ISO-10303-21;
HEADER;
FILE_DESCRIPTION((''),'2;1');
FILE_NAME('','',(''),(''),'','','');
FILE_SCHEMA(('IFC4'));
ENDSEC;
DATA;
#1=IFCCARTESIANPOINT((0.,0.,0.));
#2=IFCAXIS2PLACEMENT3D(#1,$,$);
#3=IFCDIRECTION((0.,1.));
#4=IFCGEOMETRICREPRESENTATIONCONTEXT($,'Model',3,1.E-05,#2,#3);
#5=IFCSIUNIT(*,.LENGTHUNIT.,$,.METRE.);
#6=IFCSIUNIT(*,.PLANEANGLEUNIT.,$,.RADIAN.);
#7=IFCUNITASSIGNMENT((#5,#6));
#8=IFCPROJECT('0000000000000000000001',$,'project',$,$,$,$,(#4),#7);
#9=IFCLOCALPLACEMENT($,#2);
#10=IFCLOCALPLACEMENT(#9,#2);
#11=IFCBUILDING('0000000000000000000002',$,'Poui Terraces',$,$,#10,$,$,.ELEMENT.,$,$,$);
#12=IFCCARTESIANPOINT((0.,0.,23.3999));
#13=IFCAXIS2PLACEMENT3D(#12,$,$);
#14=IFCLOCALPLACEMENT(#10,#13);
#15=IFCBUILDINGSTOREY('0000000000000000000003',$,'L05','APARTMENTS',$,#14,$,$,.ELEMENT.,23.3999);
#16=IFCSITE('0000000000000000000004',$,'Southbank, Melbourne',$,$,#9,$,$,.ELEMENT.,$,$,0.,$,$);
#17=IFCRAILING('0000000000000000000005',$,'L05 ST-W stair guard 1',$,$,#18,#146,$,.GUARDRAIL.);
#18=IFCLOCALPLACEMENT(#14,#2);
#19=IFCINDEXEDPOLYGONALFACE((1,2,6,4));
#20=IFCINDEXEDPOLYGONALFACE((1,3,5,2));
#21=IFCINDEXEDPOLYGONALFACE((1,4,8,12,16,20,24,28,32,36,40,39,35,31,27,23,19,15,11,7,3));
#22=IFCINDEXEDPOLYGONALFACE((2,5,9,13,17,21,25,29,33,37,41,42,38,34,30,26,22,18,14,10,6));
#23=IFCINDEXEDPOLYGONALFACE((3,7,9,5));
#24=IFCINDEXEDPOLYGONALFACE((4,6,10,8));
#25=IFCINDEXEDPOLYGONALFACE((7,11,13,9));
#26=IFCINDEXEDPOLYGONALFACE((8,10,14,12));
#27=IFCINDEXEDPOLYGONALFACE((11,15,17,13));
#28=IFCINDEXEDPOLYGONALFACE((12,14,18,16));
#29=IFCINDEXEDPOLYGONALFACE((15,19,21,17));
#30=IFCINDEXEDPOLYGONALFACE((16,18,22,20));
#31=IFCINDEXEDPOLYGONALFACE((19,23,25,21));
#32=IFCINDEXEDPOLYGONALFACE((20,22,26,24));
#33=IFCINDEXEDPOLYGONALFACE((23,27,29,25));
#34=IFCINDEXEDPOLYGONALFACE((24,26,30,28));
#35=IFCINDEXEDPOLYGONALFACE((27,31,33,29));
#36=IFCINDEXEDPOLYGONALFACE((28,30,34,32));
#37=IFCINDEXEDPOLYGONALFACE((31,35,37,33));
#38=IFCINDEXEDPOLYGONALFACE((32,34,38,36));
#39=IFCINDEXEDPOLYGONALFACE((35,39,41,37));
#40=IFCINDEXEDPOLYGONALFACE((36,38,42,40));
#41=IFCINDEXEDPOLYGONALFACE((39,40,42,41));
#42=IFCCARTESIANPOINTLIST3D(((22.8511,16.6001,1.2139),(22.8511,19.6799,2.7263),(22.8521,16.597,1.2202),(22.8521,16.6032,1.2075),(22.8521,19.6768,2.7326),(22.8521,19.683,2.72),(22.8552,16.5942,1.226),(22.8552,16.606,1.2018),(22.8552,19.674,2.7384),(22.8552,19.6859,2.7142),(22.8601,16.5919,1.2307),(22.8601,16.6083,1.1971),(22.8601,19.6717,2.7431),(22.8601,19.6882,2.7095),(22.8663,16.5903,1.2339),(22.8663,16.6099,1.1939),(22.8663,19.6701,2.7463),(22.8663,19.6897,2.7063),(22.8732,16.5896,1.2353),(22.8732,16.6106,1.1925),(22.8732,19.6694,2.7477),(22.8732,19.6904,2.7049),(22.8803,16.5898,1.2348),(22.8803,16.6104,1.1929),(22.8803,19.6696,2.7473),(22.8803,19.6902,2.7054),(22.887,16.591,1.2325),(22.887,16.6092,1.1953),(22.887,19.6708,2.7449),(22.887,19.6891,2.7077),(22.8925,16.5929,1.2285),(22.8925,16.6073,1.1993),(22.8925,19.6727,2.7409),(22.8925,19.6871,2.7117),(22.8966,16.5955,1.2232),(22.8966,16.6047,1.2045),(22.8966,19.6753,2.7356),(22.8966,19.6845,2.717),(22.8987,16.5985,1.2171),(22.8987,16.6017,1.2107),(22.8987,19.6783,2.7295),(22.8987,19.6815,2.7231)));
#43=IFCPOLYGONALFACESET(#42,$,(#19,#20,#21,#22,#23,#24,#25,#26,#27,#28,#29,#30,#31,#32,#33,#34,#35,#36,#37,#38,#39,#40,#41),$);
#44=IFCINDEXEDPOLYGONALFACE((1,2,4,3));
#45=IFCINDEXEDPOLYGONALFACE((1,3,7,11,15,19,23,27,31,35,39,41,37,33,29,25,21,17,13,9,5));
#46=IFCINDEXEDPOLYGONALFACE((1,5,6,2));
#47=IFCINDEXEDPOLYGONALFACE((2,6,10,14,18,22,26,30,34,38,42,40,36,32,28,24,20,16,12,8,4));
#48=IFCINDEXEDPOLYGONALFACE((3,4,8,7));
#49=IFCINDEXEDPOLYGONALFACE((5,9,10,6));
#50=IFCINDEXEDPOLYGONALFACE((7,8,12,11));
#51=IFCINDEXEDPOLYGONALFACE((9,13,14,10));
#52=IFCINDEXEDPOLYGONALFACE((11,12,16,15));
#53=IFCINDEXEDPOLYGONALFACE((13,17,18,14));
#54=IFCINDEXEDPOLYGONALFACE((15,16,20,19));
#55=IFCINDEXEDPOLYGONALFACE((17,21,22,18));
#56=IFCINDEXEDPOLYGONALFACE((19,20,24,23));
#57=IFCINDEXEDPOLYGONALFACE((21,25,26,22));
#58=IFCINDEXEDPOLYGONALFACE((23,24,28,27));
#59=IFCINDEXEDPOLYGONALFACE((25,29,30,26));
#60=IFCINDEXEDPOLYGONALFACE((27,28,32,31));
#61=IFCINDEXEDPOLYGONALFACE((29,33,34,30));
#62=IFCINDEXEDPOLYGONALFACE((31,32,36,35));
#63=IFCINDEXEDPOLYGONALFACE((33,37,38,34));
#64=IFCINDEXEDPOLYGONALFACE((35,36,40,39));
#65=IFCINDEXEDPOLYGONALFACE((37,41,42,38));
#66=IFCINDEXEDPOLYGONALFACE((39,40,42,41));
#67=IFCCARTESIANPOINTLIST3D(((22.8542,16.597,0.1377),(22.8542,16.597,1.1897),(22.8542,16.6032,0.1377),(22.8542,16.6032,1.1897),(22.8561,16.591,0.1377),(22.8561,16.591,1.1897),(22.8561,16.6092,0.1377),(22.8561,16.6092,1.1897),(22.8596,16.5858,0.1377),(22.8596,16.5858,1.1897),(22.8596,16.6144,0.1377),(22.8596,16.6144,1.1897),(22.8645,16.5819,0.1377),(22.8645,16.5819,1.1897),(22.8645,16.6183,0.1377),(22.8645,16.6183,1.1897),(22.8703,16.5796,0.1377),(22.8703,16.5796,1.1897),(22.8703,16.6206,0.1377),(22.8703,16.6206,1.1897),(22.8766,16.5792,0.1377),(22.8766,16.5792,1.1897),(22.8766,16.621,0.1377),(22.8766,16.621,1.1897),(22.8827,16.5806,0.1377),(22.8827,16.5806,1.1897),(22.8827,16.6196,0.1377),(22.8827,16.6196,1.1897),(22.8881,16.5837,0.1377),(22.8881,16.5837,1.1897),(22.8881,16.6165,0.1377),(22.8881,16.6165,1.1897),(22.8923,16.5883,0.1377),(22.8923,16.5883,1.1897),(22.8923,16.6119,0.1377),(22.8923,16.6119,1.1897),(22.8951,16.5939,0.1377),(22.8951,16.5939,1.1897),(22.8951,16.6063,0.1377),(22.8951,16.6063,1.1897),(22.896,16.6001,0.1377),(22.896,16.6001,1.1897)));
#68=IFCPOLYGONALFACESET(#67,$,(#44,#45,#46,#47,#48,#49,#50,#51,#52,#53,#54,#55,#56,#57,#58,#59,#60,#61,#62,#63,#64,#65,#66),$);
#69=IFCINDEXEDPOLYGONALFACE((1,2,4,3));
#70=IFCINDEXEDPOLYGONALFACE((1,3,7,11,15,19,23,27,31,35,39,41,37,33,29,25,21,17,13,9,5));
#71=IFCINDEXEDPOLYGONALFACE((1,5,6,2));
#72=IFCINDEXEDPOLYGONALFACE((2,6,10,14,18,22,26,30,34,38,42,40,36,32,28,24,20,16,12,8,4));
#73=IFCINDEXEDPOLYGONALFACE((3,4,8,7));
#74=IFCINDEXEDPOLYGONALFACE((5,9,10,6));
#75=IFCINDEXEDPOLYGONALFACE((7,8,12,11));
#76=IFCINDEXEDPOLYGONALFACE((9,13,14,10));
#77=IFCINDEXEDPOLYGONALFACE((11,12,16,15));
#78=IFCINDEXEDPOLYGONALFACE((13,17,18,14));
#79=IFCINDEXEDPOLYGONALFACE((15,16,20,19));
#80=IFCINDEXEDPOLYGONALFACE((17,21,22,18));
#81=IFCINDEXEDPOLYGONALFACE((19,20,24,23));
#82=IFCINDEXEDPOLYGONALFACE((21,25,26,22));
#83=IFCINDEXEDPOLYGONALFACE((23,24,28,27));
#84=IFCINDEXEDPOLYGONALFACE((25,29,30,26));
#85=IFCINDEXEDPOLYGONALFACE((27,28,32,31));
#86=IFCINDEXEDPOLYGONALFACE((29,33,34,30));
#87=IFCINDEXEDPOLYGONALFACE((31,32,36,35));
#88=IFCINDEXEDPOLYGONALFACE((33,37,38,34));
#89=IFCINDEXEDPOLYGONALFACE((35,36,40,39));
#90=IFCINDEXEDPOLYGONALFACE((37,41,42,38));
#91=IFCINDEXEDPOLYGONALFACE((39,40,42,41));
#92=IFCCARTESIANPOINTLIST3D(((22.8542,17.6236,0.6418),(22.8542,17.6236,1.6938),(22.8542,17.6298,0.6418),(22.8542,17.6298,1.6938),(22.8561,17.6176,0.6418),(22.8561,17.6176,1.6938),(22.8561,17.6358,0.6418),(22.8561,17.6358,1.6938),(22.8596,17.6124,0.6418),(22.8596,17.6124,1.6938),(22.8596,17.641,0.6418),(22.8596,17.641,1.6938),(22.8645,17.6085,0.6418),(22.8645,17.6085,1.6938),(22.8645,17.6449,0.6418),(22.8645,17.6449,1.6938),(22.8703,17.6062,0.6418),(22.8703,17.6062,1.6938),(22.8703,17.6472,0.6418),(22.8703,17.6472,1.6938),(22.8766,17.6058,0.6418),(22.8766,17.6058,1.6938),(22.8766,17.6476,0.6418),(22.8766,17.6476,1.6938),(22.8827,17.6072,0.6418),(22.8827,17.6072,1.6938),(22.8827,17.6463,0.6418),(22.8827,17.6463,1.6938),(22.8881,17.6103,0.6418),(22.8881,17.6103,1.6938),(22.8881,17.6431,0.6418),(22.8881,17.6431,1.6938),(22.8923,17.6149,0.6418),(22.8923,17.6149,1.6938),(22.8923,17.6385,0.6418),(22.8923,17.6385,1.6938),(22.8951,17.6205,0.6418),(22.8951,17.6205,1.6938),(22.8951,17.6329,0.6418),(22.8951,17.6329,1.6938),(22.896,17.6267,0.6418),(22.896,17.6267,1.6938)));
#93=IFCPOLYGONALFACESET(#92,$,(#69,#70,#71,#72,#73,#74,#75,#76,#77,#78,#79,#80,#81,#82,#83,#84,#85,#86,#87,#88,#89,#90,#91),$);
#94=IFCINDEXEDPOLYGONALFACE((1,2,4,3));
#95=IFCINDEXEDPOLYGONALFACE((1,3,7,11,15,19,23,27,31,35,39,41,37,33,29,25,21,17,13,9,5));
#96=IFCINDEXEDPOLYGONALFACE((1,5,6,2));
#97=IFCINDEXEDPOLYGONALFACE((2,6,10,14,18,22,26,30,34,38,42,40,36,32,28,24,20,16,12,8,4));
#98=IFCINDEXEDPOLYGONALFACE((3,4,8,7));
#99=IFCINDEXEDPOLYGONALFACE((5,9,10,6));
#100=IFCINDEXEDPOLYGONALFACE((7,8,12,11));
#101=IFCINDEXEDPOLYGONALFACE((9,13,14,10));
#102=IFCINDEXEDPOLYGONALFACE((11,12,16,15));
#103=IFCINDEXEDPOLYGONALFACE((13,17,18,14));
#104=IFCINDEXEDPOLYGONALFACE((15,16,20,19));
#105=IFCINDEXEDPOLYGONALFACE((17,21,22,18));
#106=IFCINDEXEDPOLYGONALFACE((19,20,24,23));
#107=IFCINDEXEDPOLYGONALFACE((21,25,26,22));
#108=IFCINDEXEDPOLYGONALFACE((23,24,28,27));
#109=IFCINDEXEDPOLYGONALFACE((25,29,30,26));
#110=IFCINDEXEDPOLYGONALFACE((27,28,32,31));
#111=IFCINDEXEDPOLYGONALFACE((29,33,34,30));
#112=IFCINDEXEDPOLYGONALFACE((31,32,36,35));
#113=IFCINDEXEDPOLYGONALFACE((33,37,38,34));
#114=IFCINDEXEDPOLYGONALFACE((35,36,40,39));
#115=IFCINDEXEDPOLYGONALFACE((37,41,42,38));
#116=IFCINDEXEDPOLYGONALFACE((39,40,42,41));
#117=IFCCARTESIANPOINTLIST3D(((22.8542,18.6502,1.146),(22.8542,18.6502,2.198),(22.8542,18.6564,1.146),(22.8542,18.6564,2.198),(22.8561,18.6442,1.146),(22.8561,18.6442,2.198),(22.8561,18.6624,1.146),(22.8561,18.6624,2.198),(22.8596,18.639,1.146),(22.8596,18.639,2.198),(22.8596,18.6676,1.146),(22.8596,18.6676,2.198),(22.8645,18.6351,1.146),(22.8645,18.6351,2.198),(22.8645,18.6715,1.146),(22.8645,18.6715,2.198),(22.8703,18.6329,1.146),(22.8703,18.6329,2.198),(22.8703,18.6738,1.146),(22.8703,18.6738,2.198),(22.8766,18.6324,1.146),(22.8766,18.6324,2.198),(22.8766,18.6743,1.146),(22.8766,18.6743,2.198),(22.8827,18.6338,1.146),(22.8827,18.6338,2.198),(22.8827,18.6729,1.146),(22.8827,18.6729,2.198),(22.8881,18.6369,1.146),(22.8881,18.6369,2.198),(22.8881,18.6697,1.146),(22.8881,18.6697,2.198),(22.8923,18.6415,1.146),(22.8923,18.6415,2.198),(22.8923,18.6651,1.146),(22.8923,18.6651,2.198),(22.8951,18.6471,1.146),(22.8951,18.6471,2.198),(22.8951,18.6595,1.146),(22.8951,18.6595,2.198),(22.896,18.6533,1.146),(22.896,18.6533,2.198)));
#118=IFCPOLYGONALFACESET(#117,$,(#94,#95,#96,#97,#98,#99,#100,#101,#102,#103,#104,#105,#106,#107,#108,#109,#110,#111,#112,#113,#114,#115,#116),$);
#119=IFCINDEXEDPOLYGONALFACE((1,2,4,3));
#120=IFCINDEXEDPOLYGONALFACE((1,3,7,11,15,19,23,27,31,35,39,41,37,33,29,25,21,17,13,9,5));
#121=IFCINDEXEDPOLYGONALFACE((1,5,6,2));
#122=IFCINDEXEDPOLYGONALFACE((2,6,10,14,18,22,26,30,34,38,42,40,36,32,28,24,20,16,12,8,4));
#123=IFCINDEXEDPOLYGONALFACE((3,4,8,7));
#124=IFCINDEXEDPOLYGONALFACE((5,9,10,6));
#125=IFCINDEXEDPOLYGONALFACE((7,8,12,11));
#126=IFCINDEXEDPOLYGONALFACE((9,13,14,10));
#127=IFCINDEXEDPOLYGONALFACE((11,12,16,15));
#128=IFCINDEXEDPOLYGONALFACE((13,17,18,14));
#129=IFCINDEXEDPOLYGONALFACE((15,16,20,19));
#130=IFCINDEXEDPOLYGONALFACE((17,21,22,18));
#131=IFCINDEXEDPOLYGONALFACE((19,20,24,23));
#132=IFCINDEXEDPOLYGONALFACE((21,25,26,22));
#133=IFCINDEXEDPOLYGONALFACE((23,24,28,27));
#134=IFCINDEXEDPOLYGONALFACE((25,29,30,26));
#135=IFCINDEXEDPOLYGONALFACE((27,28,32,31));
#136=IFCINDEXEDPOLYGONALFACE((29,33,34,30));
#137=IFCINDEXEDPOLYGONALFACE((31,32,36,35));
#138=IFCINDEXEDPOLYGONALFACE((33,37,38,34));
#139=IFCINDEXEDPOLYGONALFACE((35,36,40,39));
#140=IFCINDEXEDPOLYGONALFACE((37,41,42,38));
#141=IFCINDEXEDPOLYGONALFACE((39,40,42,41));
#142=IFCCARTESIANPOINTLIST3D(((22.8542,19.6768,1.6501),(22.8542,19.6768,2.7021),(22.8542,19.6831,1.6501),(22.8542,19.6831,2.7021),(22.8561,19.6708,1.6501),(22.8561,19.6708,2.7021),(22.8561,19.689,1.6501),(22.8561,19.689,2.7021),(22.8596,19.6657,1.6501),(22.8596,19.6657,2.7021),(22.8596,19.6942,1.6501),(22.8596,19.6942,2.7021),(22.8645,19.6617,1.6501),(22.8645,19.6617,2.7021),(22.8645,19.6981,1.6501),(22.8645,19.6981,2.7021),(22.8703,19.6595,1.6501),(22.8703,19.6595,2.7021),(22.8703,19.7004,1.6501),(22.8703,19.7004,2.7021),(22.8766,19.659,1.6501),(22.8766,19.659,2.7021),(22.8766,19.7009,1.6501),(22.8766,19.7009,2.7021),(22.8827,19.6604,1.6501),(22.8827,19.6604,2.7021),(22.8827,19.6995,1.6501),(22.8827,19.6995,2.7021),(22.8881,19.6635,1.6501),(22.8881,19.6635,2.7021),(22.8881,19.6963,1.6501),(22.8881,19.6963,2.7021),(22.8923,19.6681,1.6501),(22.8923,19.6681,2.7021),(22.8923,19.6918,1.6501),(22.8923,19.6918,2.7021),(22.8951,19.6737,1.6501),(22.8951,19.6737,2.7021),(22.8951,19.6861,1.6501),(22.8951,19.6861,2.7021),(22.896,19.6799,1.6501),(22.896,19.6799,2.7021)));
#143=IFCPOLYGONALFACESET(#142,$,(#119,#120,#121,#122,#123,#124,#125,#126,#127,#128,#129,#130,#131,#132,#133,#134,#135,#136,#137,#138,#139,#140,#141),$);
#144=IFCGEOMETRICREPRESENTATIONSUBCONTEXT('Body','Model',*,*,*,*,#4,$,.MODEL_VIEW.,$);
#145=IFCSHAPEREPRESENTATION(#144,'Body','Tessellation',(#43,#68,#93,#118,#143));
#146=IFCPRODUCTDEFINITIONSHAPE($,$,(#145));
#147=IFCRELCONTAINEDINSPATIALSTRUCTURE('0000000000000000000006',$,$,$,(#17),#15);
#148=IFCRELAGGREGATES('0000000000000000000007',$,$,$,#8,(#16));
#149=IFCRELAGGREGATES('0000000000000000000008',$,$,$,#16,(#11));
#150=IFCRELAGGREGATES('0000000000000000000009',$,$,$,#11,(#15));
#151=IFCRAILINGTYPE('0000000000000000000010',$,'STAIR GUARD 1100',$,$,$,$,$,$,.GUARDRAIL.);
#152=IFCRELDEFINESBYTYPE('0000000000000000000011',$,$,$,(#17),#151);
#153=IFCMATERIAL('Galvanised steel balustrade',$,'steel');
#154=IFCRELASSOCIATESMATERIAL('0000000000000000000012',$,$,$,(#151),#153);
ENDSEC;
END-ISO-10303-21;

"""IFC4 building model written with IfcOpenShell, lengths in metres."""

from ifc_helpers import new_model, si_unit, direction, frame, origin, origin_2d, place, context, subcontext, project, spatial, circle, extrude, material, type_object, element, save


model = new_model("IFC4")

# Units and contexts
model_context = context("Model", 3, precision=1e-05, world=origin(), true_north=direction((0.0, 1.0)))
body_context = subcontext(model_context, "Body", "Model", "MODEL_VIEW")
ifc_project = project(units=[si_unit("LENGTHUNIT", "METRE"), si_unit("PLANEANGLEUNIT", "RADIAN")], contexts=[model_context])

# Site, building, storey
site_placement = place(None, origin())
site = spatial("IfcSite", under=ifc_project, at=site_placement, Name="Southbank, Melbourne", CompositionType="ELEMENT", RefElevation=0.0)
building_placement = place(site_placement, origin())
building = spatial("IfcBuilding", under=site, at=building_placement, Name="Poui Terraces", CompositionType="ELEMENT")
storey_placement = place(building_placement, frame((0.0, 0.0, 23.3999)))
storey = spatial("IfcBuildingStorey", under=building, at=storey_placement, Name="L05", Description="APARTMENTS", CompositionType="ELEMENT", Elevation=23.3999)

# Railing
ifc_material_1 = material(Name="Galvanised steel balustrade", Category="steel")
railing_type_1 = type_object("IfcRailingType", Name="STAIR GUARD 1100", PredefinedType="GUARDRAIL", material=ifc_material_1)
railing_1_placement = place(storey_placement, frame((22.875, 16.6001, 0.1377)))
element("IfcRailing", 1, at=railing_1_placement, inside=storey, type_object=railing_type_1, Name="L05 ST-W stair guard 1", PredefinedType="GUARDRAIL", context=body_context, shape_type="SweptSolid", body=[
    extrude(circle(Radius=0.0239, at=origin_2d()), frame((0.0, 0.0, 1.0762), z_axis=(0.0, 0.897606, 0.440798), x_axis=(-1.0, 0.0, 0.0)), (0.0, 0.0, 1.0), 3.4312),
    extrude(circle(Radius=0.021, at=origin_2d()), origin(), (0.0, 0.0, 1.0), 1.052),
    extrude(circle(Radius=0.021, at=origin_2d()), frame((0.0, 1.0266, 0.5042)), (0.0, 0.0, 1.0), 1.052),
    extrude(circle(Radius=0.021, at=origin_2d()), frame((0.0, 2.0532, 1.0083)), (0.0, 0.0, 1.0), 1.052),
    extrude(circle(Radius=0.021, at=origin_2d()), frame((0.0, 3.0798, 1.5125)), (0.0, 0.0, 1.0), 1.052),
])

save(model, "model.ifc")
